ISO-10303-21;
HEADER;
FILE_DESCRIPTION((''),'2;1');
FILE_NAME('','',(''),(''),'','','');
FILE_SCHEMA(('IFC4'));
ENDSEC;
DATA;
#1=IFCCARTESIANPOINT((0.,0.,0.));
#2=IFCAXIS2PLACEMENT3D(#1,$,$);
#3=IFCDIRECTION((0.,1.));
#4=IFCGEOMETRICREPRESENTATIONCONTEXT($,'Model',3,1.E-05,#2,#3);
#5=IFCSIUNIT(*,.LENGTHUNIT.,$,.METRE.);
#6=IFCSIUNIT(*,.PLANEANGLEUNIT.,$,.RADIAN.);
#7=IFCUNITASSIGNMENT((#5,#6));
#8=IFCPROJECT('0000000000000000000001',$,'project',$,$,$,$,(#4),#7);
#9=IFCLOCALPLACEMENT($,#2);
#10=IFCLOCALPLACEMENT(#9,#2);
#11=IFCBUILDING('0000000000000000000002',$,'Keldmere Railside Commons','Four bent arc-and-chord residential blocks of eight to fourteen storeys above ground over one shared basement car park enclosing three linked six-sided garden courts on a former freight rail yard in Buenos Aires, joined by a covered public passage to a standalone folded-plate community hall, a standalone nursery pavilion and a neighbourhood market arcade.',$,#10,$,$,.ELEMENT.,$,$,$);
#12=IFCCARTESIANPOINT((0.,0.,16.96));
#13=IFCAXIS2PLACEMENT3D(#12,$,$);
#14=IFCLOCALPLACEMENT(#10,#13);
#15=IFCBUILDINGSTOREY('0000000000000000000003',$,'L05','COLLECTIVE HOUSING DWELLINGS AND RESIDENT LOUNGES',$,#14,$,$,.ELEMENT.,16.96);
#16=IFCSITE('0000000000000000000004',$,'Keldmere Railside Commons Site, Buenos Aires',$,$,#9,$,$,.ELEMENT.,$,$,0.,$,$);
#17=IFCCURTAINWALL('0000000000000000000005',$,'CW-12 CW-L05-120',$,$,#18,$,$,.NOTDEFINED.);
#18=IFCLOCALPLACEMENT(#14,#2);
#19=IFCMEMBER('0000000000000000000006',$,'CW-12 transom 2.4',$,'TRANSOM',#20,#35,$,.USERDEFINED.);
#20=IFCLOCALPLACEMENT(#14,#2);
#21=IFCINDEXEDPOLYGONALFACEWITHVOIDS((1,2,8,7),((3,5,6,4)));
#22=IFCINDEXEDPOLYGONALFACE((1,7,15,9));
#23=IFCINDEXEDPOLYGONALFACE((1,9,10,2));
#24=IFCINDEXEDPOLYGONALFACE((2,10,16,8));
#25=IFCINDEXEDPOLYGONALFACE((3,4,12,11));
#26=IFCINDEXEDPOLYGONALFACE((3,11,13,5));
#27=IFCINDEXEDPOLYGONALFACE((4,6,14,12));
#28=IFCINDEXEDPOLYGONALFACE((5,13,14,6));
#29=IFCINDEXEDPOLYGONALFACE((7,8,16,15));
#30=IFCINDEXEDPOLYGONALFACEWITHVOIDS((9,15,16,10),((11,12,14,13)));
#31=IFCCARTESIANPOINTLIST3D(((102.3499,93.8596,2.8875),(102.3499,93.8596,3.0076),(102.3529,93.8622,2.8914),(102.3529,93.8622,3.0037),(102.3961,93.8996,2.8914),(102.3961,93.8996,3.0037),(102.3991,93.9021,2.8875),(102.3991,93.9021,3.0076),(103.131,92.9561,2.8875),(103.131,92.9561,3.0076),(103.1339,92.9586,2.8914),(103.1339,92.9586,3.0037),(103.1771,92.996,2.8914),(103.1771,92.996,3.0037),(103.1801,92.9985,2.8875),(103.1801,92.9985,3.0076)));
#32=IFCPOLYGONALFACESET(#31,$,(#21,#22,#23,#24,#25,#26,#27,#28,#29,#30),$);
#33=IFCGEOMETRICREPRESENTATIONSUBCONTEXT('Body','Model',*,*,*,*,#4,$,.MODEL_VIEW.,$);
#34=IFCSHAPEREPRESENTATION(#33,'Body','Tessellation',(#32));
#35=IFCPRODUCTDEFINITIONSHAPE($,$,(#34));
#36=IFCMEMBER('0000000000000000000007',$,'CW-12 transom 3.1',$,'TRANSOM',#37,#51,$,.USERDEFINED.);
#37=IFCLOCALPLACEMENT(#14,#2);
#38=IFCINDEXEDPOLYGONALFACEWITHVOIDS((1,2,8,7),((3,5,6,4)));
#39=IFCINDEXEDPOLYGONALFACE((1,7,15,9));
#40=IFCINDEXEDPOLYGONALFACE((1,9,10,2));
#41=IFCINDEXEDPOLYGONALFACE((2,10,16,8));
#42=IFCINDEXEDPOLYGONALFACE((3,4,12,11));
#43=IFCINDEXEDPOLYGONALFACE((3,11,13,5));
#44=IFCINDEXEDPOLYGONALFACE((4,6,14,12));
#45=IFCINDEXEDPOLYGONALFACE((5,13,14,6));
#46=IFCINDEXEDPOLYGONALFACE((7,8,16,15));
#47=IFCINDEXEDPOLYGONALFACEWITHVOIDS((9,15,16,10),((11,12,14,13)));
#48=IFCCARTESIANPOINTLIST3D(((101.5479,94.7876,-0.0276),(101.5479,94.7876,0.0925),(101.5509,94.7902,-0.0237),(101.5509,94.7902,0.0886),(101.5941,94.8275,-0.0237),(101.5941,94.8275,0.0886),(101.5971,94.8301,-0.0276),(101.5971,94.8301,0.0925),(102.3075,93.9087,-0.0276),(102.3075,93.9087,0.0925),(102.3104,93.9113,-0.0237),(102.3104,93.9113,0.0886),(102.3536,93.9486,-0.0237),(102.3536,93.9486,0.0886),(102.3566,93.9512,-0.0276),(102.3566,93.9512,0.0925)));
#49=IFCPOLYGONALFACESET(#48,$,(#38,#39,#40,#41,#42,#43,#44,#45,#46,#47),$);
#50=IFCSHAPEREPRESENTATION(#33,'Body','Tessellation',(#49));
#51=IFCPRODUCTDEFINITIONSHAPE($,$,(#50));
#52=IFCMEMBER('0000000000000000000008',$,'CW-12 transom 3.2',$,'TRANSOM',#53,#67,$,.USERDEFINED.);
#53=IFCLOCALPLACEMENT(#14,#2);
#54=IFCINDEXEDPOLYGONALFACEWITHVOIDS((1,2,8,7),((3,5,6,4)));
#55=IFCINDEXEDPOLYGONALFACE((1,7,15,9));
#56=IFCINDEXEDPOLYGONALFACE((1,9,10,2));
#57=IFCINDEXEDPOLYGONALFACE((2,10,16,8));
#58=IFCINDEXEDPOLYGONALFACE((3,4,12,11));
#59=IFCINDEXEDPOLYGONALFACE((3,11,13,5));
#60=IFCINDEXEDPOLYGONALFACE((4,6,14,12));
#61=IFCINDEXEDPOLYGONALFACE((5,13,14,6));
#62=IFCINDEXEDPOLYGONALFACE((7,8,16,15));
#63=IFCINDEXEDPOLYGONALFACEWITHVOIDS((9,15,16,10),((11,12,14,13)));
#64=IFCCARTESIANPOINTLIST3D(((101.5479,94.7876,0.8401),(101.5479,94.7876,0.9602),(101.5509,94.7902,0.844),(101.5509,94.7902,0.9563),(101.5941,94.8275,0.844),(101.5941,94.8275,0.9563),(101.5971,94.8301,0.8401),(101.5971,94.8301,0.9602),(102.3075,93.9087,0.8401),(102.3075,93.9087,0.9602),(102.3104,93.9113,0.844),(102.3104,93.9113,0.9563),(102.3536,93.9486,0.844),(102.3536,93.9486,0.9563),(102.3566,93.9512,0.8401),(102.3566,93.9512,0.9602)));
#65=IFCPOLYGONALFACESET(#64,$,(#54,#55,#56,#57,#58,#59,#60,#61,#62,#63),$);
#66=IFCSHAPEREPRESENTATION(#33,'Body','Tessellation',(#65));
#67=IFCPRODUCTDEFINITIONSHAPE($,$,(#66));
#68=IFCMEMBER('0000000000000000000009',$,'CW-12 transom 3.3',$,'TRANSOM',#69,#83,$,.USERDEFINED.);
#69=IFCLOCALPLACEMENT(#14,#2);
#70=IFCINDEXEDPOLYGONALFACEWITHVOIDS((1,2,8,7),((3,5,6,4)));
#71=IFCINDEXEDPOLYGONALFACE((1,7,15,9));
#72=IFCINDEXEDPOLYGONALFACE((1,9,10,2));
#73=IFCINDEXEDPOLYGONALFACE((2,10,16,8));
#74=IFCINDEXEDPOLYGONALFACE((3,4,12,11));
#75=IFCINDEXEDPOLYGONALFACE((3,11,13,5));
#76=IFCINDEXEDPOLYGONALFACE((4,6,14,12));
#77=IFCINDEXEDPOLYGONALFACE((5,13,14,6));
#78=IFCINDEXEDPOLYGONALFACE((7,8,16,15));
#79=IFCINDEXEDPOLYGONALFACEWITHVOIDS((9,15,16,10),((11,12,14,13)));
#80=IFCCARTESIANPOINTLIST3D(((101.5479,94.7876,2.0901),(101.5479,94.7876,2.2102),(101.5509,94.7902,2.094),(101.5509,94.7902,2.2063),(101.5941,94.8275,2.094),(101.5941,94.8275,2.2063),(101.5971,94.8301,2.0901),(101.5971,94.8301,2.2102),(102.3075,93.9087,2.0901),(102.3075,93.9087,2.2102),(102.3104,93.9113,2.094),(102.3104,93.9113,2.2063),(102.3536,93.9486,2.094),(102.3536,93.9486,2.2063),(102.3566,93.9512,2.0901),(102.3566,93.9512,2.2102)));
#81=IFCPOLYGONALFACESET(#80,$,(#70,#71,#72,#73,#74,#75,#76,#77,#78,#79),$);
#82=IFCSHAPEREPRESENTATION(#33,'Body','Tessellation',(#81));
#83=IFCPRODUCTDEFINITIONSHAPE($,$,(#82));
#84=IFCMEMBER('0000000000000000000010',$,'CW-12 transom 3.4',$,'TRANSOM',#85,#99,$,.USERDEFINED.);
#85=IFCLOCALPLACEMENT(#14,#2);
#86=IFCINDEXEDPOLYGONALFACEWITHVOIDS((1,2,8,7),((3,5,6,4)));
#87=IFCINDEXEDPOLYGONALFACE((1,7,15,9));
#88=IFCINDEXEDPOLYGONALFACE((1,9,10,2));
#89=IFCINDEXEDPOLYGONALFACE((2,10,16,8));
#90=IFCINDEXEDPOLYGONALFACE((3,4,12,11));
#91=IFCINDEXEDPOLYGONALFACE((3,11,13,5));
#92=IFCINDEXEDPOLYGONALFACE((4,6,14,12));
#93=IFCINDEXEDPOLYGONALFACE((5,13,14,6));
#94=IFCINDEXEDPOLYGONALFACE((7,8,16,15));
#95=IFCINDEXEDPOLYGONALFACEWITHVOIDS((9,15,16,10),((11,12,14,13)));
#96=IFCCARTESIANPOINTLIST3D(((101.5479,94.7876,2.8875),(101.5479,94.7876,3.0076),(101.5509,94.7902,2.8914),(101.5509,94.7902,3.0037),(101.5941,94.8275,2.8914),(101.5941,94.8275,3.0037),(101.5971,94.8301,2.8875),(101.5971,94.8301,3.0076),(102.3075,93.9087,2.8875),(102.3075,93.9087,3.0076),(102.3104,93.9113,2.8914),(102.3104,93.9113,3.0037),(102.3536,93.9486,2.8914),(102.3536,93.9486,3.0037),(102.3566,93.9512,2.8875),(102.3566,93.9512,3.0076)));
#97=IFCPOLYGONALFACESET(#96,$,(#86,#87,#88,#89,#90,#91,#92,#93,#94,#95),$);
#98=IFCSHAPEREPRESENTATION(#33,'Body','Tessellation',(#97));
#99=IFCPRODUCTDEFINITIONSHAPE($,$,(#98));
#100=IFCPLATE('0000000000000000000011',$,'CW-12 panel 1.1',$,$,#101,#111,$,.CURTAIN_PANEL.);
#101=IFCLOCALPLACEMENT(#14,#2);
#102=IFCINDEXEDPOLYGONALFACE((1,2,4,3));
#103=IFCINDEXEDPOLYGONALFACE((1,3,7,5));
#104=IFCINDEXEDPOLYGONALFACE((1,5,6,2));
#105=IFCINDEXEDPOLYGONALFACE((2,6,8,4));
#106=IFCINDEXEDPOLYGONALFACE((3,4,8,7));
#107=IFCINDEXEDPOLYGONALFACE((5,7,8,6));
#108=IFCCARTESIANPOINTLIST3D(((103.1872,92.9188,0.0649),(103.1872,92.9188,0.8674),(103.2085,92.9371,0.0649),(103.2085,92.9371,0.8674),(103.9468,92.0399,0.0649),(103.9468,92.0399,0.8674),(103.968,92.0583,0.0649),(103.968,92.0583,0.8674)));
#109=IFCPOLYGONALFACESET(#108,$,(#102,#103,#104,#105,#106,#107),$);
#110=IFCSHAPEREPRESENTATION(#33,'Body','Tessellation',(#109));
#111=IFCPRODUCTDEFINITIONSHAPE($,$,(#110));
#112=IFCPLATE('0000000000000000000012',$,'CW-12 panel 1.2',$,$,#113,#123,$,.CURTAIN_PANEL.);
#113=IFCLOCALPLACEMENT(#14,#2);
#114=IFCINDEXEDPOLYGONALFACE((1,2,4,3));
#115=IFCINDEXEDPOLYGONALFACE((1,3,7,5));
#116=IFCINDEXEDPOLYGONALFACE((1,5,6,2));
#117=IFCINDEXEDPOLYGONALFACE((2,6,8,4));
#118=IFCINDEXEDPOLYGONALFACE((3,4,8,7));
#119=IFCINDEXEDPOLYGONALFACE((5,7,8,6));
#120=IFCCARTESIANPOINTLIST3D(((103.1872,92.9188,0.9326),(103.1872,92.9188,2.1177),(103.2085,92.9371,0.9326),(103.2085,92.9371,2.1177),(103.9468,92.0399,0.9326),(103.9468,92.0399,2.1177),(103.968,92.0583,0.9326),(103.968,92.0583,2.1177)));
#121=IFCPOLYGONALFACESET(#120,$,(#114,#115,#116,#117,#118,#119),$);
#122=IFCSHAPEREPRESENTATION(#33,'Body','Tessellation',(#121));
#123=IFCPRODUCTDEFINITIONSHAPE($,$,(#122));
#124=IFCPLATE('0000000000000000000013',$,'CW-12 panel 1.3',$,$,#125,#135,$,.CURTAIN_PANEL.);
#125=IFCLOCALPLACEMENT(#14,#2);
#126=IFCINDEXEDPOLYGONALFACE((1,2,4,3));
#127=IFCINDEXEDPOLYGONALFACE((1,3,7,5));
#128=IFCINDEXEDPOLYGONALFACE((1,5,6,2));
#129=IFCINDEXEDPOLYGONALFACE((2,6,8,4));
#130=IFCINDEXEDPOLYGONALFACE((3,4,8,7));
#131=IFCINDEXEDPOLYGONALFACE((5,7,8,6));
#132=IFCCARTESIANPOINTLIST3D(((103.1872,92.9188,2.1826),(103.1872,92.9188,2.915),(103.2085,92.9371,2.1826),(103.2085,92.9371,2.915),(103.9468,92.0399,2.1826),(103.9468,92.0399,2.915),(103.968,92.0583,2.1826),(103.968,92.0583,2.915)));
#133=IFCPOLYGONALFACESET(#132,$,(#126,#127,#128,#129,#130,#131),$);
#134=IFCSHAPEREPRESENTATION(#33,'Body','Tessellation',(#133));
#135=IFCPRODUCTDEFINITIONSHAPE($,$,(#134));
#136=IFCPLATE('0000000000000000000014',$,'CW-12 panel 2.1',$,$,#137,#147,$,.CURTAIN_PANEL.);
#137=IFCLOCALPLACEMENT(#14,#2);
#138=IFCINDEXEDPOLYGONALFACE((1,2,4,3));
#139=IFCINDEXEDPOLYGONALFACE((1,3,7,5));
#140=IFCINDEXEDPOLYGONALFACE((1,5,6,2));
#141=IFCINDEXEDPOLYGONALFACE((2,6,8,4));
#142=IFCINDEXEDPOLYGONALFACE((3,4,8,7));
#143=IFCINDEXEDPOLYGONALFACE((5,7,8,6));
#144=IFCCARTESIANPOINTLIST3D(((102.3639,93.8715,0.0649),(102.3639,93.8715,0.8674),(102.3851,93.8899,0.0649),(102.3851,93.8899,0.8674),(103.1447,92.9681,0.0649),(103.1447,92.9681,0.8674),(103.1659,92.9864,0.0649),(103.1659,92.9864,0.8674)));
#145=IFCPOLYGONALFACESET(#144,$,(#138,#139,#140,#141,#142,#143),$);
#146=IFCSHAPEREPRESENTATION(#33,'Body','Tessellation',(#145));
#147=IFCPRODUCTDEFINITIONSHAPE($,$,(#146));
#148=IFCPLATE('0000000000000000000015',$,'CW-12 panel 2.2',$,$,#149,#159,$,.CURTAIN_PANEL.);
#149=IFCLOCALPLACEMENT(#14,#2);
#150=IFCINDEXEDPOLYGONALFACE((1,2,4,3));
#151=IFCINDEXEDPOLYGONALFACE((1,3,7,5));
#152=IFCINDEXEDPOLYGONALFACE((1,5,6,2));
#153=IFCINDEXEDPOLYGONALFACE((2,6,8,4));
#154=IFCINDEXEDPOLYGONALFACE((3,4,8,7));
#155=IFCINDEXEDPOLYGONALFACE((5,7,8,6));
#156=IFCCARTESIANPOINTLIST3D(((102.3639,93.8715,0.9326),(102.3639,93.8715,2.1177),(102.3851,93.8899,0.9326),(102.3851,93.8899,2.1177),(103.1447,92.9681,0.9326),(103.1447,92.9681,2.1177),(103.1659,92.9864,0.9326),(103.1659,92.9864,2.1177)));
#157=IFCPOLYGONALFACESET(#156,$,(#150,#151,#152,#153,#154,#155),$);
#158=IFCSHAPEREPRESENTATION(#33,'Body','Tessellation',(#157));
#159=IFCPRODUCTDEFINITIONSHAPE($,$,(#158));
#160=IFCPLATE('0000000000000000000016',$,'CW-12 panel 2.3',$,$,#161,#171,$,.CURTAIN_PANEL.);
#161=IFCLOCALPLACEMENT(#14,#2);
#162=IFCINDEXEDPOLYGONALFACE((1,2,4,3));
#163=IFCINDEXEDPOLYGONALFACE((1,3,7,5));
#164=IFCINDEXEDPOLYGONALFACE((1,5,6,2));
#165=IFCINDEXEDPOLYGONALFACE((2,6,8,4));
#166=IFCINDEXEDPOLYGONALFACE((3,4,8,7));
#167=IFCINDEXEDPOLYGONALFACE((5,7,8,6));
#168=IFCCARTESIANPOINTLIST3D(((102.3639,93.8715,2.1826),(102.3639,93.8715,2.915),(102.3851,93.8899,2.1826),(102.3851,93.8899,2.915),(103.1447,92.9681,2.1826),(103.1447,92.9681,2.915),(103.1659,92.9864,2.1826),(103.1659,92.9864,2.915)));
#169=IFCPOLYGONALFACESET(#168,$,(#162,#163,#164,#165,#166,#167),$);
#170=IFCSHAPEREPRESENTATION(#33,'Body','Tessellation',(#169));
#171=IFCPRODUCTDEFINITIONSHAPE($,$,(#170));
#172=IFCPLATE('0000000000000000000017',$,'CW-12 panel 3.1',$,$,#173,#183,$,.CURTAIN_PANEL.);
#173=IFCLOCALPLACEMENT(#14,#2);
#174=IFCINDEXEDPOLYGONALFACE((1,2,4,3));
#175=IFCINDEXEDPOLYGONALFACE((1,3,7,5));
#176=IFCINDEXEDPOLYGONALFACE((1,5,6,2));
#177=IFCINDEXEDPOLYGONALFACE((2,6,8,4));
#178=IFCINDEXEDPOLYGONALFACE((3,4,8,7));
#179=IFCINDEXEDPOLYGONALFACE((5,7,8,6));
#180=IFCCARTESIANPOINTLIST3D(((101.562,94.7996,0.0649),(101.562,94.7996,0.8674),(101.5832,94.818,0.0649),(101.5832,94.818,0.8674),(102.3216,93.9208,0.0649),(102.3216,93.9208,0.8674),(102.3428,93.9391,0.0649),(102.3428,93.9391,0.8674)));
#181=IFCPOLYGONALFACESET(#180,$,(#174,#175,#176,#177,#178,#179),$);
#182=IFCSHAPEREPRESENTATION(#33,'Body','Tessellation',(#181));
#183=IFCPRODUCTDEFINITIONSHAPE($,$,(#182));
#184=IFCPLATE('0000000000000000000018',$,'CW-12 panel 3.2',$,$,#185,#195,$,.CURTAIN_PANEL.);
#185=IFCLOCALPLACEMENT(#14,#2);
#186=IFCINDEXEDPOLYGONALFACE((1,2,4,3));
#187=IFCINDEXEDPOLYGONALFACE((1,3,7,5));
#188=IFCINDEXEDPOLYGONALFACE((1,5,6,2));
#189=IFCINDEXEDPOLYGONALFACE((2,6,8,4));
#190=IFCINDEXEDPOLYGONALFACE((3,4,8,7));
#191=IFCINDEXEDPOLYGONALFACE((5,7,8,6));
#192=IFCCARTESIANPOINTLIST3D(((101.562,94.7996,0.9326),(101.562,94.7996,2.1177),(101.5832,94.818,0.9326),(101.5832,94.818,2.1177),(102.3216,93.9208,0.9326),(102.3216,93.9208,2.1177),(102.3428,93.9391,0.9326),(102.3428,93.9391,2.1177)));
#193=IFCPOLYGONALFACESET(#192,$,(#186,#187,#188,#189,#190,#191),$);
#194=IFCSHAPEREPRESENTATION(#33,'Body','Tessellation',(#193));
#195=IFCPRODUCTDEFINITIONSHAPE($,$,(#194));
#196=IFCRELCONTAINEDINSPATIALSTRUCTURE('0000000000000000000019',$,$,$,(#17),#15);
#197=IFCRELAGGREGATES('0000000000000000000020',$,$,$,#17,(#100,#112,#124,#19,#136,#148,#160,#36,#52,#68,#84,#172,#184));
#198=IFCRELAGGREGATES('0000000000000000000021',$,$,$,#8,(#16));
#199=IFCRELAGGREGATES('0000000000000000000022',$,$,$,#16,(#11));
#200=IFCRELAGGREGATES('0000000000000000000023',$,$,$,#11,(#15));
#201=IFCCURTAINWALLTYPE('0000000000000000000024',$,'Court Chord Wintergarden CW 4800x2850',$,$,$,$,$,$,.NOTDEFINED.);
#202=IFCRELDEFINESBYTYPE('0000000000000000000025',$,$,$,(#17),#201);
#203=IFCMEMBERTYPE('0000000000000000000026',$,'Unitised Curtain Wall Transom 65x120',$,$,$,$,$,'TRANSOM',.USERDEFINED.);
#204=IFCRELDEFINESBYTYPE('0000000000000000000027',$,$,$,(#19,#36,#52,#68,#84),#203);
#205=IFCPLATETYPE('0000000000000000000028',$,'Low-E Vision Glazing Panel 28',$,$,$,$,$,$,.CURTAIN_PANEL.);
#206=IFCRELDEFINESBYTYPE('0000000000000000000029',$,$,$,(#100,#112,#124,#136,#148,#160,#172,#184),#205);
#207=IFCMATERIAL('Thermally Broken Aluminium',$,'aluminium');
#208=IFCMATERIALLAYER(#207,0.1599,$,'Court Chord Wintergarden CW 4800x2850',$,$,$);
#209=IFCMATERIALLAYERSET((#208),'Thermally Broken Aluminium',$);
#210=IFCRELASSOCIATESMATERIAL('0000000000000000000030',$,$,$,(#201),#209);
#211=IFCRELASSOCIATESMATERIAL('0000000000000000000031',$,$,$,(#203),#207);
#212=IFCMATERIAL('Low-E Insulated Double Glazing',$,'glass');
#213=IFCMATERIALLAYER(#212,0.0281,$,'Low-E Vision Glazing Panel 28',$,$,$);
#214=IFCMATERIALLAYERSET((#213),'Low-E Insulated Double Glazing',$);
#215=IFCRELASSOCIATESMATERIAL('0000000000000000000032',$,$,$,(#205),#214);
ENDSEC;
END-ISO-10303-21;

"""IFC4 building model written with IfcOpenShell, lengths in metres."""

from ifc_helpers import new_model, si_unit, direction, frame, origin, origin_2d, place, context, subcontext, project, spatial, rectangle, hollow_rectangle, extrude, material, layer, layer_set, material_profile, profile_set, type_object, element, aggregate, save


model = new_model("IFC4")

# Units and contexts
model_context = context("Model", 3, precision=1e-05, world=origin(), true_north=direction((0.0, 1.0)))
body_context = subcontext(model_context, "Body", "Model", "MODEL_VIEW")
ifc_project = project(units=[si_unit("LENGTHUNIT", "METRE"), si_unit("PLANEANGLEUNIT", "RADIAN")], contexts=[model_context])

# Site, building, storey
site_placement = place(None, origin())
site = spatial("IfcSite", under=ifc_project, at=site_placement, Name="Keldmere Railside Commons Site, Buenos Aires", CompositionType="ELEMENT", RefElevation=0.0)
building_placement = place(site_placement, origin())
building = spatial("IfcBuilding", under=site, at=building_placement, Name="Keldmere Railside Commons", Description="Four bent arc-and-chord residential blocks of eight to fourteen storeys above ground over one shared basement car park enclosing three linked six-sided garden courts on a former freight rail yard in Buenos Aires, joined by a covered public passage to a standalone folded-plate community hall, a standalone nursery pavilion and a neighbourhood market arcade.", CompositionType="ELEMENT")
storey_placement = place(building_placement, frame((0.0, 0.0, 16.96)))
storey = spatial("IfcBuildingStorey", under=building, at=storey_placement, Name="L05", Description="COLLECTIVE HOUSING DWELLINGS AND RESIDENT LOUNGES", CompositionType="ELEMENT", Elevation=16.96)

# Curtain wall, members, plates
ifc_material_1 = material(Name="Thermally Broken Aluminium", Category="aluminium")
ifc_layer_1 = layer(ifc_material_1, 0.1599, Name="Court Chord Wintergarden CW 4800x2850")
ifc_layer_set_1 = layer_set([ifc_layer_1], Name="Thermally Broken Aluminium")
curtain_wall_type = type_object("IfcCurtainWallType", Name="Court Chord Wintergarden CW 4800x2850", PredefinedType="NOTDEFINED", material=ifc_layer_set_1)
curtain_wall_placement = place(storey_placement, origin())
curtain_wall = element("IfcCurtainWall", 1, at=curtain_wall_placement, inside=storey, type_object=curtain_wall_type, Name="CW-12 CW-L05-120", PredefinedType="NOTDEFINED")
ifc_material_profile_1 = material_profile(ifc_material_1, hollow_rectangle(XDim=0.0649, YDim=0.1201, WallThickness=0.0039, at=origin_2d()), Name="ALU-TRAN-65x120")
ifc_profile_set_1 = profile_set([ifc_material_profile_1], Name="Thermally Broken Aluminium")
member_type_1 = type_object("IfcMemberType", Name="Unitised Curtain Wall Transom 65x120", ElementType="TRANSOM", PredefinedType="USERDEFINED", material=ifc_profile_set_1)
member_1_placement = place(storey_placement, frame((103.1555, 92.9773, 2.9475), z_axis=(-0.653934, 0.756552, 0.0), x_axis=(-0.756552, -0.653934, 0.0)))
member_1 = element("IfcMember", 2, at=member_1_placement, type_object=member_type_1, Name="CW-12 transom 2.4", ObjectType="TRANSOM", PredefinedType="USERDEFINED", context=body_context, shape_type="SweptSolid", body=[
    extrude(hollow_rectangle(XDim=0.0649, YDim=0.1201, WallThickness=0.0039, at=origin_2d()), origin(), (0.0, 0.0, 1.0), 1.1943),
])
member_2_placement = place(storey_placement, frame((102.332, 93.9299, 0.0325), z_axis=(-0.65385, 0.756624, 0.0), x_axis=(-0.756624, -0.65385, 0.0)))
member_2 = element("IfcMember", 3, at=member_2_placement, type_object=member_type_1, Name="CW-12 transom 3.1", ObjectType="TRANSOM", PredefinedType="USERDEFINED", context=body_context, shape_type="SweptSolid", body=[
    extrude(hollow_rectangle(XDim=0.0649, YDim=0.1201, WallThickness=0.0039, at=origin_2d()), origin(), (0.0, 0.0, 1.0), 1.1616),
])
member_3_placement = place(storey_placement, frame((102.332, 93.9299, 0.9001), z_axis=(-0.65385, 0.756624, 0.0), x_axis=(-0.756624, -0.65385, 0.0)))
member_3 = element("IfcMember", 4, at=member_3_placement, type_object=member_type_1, Name="CW-12 transom 3.2", ObjectType="TRANSOM", PredefinedType="USERDEFINED", context=body_context, shape_type="SweptSolid", body=[
    extrude(hollow_rectangle(XDim=0.0649, YDim=0.1201, WallThickness=0.0039, at=origin_2d()), origin(), (0.0, 0.0, 1.0), 1.1616),
])
member_4_placement = place(storey_placement, frame((102.332, 93.9299, 2.1501), z_axis=(-0.65385, 0.756624, 0.0), x_axis=(-0.756624, -0.65385, 0.0)))
member_4 = element("IfcMember", 5, at=member_4_placement, type_object=member_type_1, Name="CW-12 transom 3.3", ObjectType="TRANSOM", PredefinedType="USERDEFINED", context=body_context, shape_type="SweptSolid", body=[
    extrude(hollow_rectangle(XDim=0.0649, YDim=0.1201, WallThickness=0.0039, at=origin_2d()), origin(), (0.0, 0.0, 1.0), 1.1616),
])
member_5_placement = place(storey_placement, frame((102.332, 93.9299, 2.9475), z_axis=(-0.65385, 0.756624, 0.0), x_axis=(-0.756624, -0.65385, 0.0)))
member_5 = element("IfcMember", 6, at=member_5_placement, type_object=member_type_1, Name="CW-12 transom 3.4", ObjectType="TRANSOM", PredefinedType="USERDEFINED", context=body_context, shape_type="SweptSolid", body=[
    extrude(hollow_rectangle(XDim=0.0649, YDim=0.1201, WallThickness=0.0039, at=origin_2d()), origin(), (0.0, 0.0, 1.0), 1.1616),
])
ifc_material_2 = material(Name="Low-E Insulated Double Glazing", Category="glass")
ifc_layer_2 = layer(ifc_material_2, 0.0281, Name="Low-E Vision Glazing Panel 28")
ifc_layer_set_2 = layer_set([ifc_layer_2], Name="Low-E Insulated Double Glazing")
plate_type = type_object("IfcPlateType", Name="Low-E Vision Glazing Panel 28", PredefinedType="CURTAIN_PANEL", material=ifc_layer_set_2)
plate_1_placement = place(storey_placement, frame((103.5776, 92.4885, 0.0649), z_axis=(0.0, 0.0, 1.0), x_axis=(-0.653882, 0.756597, 0.0)))
plate_1 = element("IfcPlate", 7, at=plate_1_placement, type_object=plate_type, Name="CW-12 panel 1.1", PredefinedType="CURTAIN_PANEL", context=body_context, shape_type="SweptSolid", body=[
    extrude(rectangle(XDim=1.1616, YDim=0.0281, at=origin_2d()), origin(), (0.0, 0.0, 1.0), 0.8025),
])
plate_2_placement = place(storey_placement, frame((103.5776, 92.4885, 0.9326), z_axis=(0.0, 0.0, 1.0), x_axis=(-0.653882, 0.756597, 0.0)))
plate_2 = element("IfcPlate", 8, at=plate_2_placement, type_object=plate_type, Name="CW-12 panel 1.2", PredefinedType="CURTAIN_PANEL", context=body_context, shape_type="SweptSolid", body=[
    extrude(rectangle(XDim=1.1616, YDim=0.0281, at=origin_2d()), origin(), (0.0, 0.0, 1.0), 1.1851),
])
plate_3_placement = place(storey_placement, frame((103.5776, 92.4885, 2.1826), z_axis=(0.0, 0.0, 1.0), x_axis=(-0.653882, 0.756597, 0.0)))
plate_3 = element("IfcPlate", 9, at=plate_3_placement, type_object=plate_type, Name="CW-12 panel 1.3", PredefinedType="CURTAIN_PANEL", context=body_context, shape_type="SweptSolid", body=[
    extrude(rectangle(XDim=1.1616, YDim=0.0281, at=origin_2d()), origin(), (0.0, 0.0, 1.0), 0.7324),
])
plate_4_placement = place(storey_placement, frame((102.7649, 93.429, 0.0649), z_axis=(0.0, 0.0, 1.0), x_axis=(-0.653882, 0.756597, 0.0)))
plate_4 = element("IfcPlate", 10, at=plate_4_placement, type_object=plate_type, Name="CW-12 panel 2.1", PredefinedType="CURTAIN_PANEL", context=body_context, shape_type="SweptSolid", body=[
    extrude(rectangle(XDim=1.1941, YDim=0.0281, at=origin_2d()), origin(), (0.0, 0.0, 1.0), 0.8025),
])
plate_5_placement = place(storey_placement, frame((102.7649, 93.429, 0.9326), z_axis=(0.0, 0.0, 1.0), x_axis=(-0.653882, 0.756597, 0.0)))
plate_5 = element("IfcPlate", 11, at=plate_5_placement, type_object=plate_type, Name="CW-12 panel 2.2", PredefinedType="CURTAIN_PANEL", context=body_context, shape_type="SweptSolid", body=[
    extrude(rectangle(XDim=1.1941, YDim=0.0281, at=origin_2d()), origin(), (0.0, 0.0, 1.0), 1.1851),
])
plate_6_placement = place(storey_placement, frame((102.7649, 93.429, 2.1826), z_axis=(0.0, 0.0, 1.0), x_axis=(-0.653882, 0.756597, 0.0)))
plate_6 = element("IfcPlate", 12, at=plate_6_placement, type_object=plate_type, Name="CW-12 panel 2.3", PredefinedType="CURTAIN_PANEL", context=body_context, shape_type="SweptSolid", body=[
    extrude(rectangle(XDim=1.1941, YDim=0.0281, at=origin_2d()), origin(), (0.0, 0.0, 1.0), 0.7324),
])
plate_7_placement = place(storey_placement, frame((101.9524, 94.3694, 0.0649), z_axis=(0.0, 0.0, 1.0), x_axis=(-0.653882, 0.756597, 0.0)))
plate_7 = element("IfcPlate", 13, at=plate_7_placement, type_object=plate_type, Name="CW-12 panel 3.1", PredefinedType="CURTAIN_PANEL", context=body_context, shape_type="SweptSolid", body=[
    extrude(rectangle(XDim=1.1616, YDim=0.0281, at=origin_2d()), origin(), (0.0, 0.0, 1.0), 0.8025),
])
plate_8_placement = place(storey_placement, frame((101.9524, 94.3694, 0.9326), z_axis=(0.0, 0.0, 1.0), x_axis=(-0.653882, 0.756597, 0.0)))
plate_8 = element("IfcPlate", 14, at=plate_8_placement, type_object=plate_type, Name="CW-12 panel 3.2", PredefinedType="CURTAIN_PANEL", context=body_context, shape_type="SweptSolid", body=[
    extrude(rectangle(XDim=1.1616, YDim=0.0281, at=origin_2d()), origin(), (0.0, 0.0, 1.0), 1.1851),
])
aggregate(curtain_wall, [plate_1, plate_2, plate_3, member_1, plate_4, plate_5, plate_6, member_2, member_3, member_4, member_5, plate_7, plate_8])

save(model, "model.ifc")
